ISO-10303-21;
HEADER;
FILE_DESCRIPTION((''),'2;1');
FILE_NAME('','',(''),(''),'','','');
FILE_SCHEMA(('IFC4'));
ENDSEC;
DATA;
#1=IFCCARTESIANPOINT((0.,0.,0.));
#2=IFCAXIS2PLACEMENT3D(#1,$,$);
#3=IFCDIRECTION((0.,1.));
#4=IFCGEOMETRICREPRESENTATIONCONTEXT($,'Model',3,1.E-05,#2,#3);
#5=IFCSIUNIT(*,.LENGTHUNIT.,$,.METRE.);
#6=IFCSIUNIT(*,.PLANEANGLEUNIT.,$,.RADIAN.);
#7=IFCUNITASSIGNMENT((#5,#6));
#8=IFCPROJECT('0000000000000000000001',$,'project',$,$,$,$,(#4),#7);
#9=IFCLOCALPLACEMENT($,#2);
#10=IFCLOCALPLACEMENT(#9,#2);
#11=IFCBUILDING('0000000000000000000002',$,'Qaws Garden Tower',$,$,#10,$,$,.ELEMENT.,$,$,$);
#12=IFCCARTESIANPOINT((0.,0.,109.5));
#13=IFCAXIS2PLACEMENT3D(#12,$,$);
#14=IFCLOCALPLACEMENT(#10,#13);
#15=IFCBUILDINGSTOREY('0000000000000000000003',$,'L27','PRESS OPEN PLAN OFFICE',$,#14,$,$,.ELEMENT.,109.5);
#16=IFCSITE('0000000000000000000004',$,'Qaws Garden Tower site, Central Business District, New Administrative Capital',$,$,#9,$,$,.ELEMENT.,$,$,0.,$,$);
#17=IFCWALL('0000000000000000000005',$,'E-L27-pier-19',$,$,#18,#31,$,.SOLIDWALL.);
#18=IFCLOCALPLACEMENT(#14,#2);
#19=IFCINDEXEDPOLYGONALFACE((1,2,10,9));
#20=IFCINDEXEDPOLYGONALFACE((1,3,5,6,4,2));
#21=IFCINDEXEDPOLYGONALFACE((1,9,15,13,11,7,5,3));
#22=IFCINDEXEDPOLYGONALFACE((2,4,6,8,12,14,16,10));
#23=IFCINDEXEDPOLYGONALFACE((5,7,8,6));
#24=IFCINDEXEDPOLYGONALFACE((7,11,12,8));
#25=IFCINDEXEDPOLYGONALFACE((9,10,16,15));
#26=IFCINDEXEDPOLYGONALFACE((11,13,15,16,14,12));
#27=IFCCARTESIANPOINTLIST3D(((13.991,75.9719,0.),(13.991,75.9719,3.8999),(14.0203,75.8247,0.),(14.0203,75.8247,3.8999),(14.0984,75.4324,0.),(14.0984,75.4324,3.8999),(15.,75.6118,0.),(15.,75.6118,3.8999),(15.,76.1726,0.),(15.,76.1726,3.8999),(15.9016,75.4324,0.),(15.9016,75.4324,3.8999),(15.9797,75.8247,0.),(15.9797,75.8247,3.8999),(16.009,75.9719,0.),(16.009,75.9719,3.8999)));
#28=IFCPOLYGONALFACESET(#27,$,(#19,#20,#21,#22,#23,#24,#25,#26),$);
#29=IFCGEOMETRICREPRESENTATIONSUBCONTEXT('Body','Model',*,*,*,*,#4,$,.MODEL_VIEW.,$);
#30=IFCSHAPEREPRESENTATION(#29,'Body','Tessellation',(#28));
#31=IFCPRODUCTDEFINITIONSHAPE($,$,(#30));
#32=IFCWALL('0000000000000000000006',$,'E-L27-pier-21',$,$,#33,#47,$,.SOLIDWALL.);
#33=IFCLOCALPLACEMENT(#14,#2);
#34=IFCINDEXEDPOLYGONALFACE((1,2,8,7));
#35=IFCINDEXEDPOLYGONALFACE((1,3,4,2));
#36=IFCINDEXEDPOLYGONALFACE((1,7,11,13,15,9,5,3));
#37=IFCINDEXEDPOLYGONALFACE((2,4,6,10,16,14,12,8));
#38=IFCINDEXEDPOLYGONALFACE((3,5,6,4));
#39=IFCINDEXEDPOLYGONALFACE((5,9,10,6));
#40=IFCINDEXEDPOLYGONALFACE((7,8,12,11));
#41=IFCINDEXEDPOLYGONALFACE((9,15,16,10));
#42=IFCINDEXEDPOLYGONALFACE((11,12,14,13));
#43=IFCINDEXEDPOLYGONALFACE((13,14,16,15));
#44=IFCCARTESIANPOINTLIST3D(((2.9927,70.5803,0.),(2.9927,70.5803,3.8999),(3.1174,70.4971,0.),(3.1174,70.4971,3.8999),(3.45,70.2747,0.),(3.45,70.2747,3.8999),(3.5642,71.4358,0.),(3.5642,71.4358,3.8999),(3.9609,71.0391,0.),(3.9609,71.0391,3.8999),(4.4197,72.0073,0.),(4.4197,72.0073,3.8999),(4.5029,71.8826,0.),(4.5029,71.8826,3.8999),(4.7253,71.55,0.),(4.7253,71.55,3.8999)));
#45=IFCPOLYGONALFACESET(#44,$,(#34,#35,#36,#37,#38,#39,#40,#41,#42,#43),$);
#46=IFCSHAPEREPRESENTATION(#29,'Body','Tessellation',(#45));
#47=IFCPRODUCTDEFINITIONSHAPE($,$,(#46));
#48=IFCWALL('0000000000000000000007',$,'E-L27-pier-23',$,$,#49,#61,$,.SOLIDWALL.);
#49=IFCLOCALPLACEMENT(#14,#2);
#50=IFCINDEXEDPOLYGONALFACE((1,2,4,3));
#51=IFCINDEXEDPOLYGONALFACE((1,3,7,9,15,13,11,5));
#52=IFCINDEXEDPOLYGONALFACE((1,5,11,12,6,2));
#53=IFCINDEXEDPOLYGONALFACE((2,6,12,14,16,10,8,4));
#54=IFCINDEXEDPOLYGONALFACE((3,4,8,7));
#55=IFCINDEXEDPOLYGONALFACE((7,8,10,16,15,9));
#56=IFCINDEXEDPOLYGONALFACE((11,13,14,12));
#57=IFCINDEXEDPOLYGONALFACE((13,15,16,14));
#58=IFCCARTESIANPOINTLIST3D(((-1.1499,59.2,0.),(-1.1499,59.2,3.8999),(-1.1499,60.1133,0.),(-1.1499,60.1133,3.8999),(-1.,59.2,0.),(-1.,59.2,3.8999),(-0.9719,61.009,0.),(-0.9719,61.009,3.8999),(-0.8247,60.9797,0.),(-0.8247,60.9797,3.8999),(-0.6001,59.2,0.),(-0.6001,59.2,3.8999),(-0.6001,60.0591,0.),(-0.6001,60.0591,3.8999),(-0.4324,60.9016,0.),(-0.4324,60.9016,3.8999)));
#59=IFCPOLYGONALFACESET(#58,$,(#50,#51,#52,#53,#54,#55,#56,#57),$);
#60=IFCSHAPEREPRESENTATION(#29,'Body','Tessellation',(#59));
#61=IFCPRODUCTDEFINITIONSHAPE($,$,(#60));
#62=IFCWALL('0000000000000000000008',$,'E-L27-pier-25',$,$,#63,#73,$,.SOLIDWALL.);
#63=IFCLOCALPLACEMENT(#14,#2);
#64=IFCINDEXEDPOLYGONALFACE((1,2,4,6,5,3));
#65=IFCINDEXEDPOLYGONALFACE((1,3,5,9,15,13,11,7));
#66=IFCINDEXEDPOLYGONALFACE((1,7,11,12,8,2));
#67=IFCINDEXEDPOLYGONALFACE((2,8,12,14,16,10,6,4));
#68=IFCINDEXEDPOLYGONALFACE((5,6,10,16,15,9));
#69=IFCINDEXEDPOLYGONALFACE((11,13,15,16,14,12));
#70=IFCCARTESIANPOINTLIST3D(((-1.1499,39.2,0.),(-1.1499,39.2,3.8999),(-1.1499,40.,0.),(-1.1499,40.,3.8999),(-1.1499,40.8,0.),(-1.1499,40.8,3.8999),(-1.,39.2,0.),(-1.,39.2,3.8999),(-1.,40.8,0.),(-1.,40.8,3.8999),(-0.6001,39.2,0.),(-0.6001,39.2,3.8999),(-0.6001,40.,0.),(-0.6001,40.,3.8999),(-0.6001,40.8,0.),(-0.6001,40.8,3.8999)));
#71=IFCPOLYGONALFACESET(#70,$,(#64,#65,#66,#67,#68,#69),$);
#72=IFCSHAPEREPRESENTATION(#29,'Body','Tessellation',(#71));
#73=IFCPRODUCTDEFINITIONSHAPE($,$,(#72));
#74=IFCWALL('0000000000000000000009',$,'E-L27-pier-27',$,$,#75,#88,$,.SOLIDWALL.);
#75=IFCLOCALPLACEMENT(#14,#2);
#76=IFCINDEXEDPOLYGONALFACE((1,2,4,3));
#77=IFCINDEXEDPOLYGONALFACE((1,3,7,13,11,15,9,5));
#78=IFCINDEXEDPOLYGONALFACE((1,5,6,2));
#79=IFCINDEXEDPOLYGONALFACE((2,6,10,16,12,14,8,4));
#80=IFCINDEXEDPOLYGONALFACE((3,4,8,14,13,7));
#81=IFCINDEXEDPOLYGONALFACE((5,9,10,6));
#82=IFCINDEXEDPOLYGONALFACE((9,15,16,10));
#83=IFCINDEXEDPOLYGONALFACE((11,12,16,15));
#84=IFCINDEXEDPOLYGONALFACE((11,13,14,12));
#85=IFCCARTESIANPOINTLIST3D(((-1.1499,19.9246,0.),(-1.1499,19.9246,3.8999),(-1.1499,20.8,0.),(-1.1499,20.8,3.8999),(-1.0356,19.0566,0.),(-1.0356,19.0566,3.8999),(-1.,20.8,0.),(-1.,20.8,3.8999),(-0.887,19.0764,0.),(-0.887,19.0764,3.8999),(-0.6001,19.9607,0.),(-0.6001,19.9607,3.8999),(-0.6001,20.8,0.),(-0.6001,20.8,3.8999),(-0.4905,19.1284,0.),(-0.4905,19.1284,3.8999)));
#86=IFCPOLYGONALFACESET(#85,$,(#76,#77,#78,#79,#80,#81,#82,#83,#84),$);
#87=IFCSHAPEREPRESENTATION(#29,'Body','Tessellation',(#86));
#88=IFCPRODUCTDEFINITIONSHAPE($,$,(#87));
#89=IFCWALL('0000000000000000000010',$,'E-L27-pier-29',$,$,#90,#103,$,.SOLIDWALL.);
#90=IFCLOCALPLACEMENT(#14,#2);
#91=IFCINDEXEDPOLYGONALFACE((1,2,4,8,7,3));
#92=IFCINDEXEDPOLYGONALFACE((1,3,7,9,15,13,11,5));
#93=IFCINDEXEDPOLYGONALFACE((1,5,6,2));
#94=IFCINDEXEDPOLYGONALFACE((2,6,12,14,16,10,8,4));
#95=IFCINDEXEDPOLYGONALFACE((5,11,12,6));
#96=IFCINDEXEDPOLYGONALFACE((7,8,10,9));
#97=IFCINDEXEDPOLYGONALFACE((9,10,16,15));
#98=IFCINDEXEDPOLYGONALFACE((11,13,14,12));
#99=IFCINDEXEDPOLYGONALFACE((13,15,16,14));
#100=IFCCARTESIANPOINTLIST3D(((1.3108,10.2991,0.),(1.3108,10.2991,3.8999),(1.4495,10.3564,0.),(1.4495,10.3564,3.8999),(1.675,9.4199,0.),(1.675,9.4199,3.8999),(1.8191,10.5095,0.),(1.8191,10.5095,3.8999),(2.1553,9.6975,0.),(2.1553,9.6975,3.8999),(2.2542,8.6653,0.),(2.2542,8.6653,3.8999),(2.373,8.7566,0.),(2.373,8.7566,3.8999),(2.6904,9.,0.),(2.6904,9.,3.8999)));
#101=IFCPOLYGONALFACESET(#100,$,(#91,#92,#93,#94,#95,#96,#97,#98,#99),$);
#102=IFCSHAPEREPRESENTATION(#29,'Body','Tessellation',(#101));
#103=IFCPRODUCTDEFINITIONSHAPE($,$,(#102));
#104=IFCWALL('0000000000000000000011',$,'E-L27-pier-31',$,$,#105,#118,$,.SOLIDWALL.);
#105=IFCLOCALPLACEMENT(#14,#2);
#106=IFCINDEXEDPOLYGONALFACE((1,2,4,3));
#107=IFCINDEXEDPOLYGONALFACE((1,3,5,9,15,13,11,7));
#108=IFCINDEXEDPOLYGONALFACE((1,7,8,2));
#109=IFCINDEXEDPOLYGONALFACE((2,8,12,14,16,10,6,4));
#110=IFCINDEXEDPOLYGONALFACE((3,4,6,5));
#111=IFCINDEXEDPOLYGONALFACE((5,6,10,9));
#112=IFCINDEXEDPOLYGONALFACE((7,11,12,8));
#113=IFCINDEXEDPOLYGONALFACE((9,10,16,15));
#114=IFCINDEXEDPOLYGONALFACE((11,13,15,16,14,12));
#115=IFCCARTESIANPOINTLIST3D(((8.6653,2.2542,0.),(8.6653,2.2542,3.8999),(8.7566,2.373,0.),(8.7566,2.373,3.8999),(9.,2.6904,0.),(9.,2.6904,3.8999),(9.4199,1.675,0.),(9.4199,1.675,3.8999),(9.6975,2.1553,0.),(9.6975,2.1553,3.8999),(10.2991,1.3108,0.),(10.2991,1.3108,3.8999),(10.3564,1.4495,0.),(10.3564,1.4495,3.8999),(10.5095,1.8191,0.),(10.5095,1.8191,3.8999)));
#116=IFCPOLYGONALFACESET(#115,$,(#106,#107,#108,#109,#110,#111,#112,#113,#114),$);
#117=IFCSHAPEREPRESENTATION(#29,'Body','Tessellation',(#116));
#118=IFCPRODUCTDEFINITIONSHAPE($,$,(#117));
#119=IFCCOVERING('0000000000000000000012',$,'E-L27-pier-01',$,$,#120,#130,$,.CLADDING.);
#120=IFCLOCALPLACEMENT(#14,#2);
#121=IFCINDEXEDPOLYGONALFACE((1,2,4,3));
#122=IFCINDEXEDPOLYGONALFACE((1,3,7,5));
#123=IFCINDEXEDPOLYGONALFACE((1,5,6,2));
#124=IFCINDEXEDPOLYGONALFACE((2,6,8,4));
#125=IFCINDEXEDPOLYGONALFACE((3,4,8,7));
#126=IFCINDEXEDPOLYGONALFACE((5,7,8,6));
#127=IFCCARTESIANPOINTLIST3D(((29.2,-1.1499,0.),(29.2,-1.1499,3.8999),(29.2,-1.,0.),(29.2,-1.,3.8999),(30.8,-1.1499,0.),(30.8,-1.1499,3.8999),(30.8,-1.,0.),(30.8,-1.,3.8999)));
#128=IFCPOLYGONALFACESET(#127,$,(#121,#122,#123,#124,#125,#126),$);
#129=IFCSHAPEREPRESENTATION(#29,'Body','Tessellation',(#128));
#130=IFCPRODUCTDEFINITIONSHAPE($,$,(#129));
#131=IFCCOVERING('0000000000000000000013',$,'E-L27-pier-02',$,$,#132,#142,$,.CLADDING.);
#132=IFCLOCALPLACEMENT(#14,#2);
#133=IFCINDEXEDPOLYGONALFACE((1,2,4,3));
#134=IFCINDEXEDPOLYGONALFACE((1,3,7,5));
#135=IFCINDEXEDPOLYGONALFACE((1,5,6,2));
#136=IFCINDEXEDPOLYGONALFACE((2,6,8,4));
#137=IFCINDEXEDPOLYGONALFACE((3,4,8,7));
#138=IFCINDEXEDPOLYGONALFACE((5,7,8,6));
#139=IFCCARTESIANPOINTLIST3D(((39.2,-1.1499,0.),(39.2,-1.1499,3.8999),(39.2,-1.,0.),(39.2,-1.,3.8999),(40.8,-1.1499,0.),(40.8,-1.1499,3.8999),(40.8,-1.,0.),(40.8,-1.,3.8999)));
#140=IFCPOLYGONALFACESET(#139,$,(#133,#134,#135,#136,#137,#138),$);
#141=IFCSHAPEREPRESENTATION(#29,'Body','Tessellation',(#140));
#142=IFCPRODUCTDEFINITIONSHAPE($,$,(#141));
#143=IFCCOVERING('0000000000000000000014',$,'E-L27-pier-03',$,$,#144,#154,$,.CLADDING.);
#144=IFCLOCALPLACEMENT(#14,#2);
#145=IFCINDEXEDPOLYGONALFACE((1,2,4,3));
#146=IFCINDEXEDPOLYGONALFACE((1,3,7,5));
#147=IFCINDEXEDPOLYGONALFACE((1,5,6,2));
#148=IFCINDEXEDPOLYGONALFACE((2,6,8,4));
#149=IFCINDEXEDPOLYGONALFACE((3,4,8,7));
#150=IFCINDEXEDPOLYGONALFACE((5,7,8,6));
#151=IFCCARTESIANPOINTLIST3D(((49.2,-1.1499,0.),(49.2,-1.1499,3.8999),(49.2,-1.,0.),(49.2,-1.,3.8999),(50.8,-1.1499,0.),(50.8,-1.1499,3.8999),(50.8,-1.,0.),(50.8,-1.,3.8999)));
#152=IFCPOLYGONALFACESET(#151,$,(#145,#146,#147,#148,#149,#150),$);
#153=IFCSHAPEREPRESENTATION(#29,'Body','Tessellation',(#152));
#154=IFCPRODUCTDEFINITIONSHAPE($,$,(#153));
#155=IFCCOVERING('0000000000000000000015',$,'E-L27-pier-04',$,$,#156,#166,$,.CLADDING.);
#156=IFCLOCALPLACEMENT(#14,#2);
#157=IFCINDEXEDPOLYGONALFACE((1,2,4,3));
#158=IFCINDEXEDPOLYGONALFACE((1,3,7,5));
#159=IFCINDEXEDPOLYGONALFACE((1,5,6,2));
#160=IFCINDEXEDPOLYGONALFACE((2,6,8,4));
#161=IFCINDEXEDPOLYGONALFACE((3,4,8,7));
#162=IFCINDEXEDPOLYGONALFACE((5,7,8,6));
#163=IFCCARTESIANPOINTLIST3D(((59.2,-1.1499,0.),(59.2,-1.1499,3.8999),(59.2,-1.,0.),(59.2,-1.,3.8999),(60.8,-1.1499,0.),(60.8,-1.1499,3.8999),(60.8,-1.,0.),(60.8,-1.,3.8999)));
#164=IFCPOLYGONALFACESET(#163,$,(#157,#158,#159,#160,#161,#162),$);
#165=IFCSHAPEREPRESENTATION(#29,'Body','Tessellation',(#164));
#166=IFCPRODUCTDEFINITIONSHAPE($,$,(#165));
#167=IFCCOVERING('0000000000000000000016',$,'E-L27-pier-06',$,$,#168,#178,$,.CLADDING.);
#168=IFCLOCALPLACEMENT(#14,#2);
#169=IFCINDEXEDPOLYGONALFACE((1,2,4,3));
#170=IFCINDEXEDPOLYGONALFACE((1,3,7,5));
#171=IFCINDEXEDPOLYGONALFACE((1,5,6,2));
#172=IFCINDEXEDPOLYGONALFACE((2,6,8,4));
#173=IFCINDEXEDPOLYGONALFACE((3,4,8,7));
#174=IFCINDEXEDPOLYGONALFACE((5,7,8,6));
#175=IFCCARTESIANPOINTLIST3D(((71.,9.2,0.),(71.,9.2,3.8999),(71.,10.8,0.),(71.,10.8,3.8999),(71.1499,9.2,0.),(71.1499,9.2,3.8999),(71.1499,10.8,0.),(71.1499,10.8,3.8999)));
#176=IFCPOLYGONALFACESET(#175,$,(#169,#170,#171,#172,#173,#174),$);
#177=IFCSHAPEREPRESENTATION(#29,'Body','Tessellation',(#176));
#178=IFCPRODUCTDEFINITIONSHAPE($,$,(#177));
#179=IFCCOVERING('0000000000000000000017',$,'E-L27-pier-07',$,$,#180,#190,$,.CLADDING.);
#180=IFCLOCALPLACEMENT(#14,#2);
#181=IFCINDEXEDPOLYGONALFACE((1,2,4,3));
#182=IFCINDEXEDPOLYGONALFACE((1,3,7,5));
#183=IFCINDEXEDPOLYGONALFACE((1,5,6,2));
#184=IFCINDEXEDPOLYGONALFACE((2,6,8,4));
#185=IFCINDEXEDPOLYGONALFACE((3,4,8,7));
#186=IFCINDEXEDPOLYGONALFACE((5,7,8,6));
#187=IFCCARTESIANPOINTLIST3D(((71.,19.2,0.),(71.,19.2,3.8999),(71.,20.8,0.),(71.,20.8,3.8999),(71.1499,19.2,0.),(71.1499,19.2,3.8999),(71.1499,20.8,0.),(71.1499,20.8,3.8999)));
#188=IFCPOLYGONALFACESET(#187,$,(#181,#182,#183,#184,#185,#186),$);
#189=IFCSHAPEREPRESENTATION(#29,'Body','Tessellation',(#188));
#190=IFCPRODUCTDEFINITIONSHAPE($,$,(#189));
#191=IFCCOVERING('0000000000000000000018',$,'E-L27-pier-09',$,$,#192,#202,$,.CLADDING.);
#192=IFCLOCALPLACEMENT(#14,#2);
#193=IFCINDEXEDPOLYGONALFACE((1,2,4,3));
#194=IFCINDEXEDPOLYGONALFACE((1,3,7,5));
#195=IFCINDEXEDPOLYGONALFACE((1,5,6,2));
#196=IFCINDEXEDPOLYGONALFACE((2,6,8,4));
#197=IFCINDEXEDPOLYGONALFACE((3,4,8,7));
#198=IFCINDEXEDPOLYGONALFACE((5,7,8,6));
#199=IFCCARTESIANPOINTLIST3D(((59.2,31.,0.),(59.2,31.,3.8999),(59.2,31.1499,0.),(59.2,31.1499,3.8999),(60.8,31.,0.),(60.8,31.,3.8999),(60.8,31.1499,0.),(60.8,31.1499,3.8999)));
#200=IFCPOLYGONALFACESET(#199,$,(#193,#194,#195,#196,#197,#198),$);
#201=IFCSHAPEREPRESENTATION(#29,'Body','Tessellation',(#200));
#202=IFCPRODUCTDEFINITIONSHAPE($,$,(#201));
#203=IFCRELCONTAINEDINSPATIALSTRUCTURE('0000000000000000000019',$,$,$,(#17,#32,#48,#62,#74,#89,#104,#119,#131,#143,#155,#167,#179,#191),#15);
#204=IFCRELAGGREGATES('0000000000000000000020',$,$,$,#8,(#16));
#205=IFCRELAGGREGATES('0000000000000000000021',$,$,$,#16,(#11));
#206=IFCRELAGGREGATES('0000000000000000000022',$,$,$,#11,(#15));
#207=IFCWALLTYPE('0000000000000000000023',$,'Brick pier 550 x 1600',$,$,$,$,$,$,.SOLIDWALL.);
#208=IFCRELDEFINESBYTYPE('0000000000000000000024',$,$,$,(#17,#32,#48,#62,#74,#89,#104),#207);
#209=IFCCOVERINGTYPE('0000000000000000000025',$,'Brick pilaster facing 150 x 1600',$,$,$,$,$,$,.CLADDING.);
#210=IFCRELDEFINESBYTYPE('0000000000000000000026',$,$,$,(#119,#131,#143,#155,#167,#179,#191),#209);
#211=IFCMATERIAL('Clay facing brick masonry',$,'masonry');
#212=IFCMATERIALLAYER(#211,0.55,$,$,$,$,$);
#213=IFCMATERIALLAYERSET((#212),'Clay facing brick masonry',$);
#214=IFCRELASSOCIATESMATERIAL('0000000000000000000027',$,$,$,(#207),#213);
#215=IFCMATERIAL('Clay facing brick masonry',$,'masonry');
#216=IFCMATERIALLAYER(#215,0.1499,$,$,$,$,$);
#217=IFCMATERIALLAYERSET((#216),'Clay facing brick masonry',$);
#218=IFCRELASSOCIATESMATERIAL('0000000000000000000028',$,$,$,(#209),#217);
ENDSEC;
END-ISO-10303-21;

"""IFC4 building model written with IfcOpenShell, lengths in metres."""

from ifc_helpers import new_model, si_unit, direction, frame, origin, place, context, subcontext, project, spatial, polyline, outline, extrude, material, layer, layer_set, type_object, element, save


model = new_model("IFC4")

# Units and contexts
model_context = context("Model", 3, precision=1e-05, world=origin(), true_north=direction((0.0, 1.0)))
body_context = subcontext(model_context, "Body", "Model", "MODEL_VIEW")
ifc_project = project(units=[si_unit("LENGTHUNIT", "METRE"), si_unit("PLANEANGLEUNIT", "RADIAN")], contexts=[model_context])

# Site, building, storey
site_placement = place(None, origin())
site = spatial("IfcSite", under=ifc_project, at=site_placement, Name="Qaws Garden Tower site, Central Business District, New Administrative Capital", CompositionType="ELEMENT", RefElevation=0.0)
building_placement = place(site_placement, origin())
building = spatial("IfcBuilding", under=site, at=building_placement, Name="Qaws Garden Tower", CompositionType="ELEMENT")
storey_placement = place(building_placement, frame((0.0, 0.0, 109.5)))
storey = spatial("IfcBuildingStorey", under=building, at=storey_placement, Name="L27", Description="PRESS OPEN PLAN OFFICE", CompositionType="ELEMENT", Elevation=109.5)

# Walls
placement = place(storey_placement, origin())
ifc_material_1 = material(Name="Clay facing brick masonry", Category="masonry")
ifc_layer_1 = layer(ifc_material_1, 0.55)
ifc_layer_set_1 = layer_set([ifc_layer_1], Name="Clay facing brick masonry")
wall_type_1 = type_object("IfcWallType", Name="Brick pier 550 x 1600", PredefinedType="SOLIDWALL", material=ifc_layer_set_1)
element("IfcWall", 1, at=placement, inside=storey, type_object=wall_type_1, Name="E-L27-pier-19", PredefinedType="SOLIDWALL", context=body_context, shape_type="SweptSolid", body=[
    extrude(outline(polyline([(15.9797, 75.8247), (16.009, 75.9719), (15.0, 76.1726), (13.991, 75.9719), (14.0203, 75.8247), (14.0984, 75.4324), (15.0, 75.6118), (15.9016, 75.4324), (15.9797, 75.8247)])), origin(), (0.0, 0.0, 1.0), 3.8999),
])
element("IfcWall", 2, at=placement, inside=storey, type_object=wall_type_1, Name="E-L27-pier-21", PredefinedType="SOLIDWALL", context=body_context, shape_type="SweptSolid", body=[
    extrude(outline(polyline([(4.5029, 71.8826), (4.4197, 72.0073), (3.5642, 71.4358), (2.9927, 70.5803), (3.1174, 70.4971), (3.45, 70.2747), (3.9609, 71.0391), (4.7253, 71.55), (4.5029, 71.8826)])), origin(), (0.0, 0.0, 1.0), 3.8999),
])
element("IfcWall", 3, at=placement, inside=storey, type_object=wall_type_1, Name="E-L27-pier-23", PredefinedType="SOLIDWALL", context=body_context, shape_type="SweptSolid", body=[
    extrude(outline(polyline([(-0.8247, 60.9797), (-0.9719, 61.009), (-1.1499, 60.1133), (-1.1499, 59.2), (-1.0, 59.2), (-0.6001, 59.2), (-0.6001, 60.0591), (-0.4324, 60.9016), (-0.8247, 60.9797)])), origin(), (0.0, 0.0, 1.0), 3.8999),
])
element("IfcWall", 4, at=placement, inside=storey, type_object=wall_type_1, Name="E-L27-pier-25", PredefinedType="SOLIDWALL", context=body_context, shape_type="SweptSolid", body=[
    extrude(outline(polyline([(-1.0, 40.8), (-1.1499, 40.8), (-1.1499, 40.0), (-1.1499, 39.2), (-1.0, 39.2), (-0.6001, 39.2), (-0.6001, 40.0), (-0.6001, 40.8), (-1.0, 40.8)])), origin(), (0.0, 0.0, 1.0), 3.8999),
])
element("IfcWall", 5, at=placement, inside=storey, type_object=wall_type_1, Name="E-L27-pier-27", PredefinedType="SOLIDWALL", context=body_context, shape_type="SweptSolid", body=[
    extrude(outline(polyline([(-1.0, 20.8), (-1.1499, 20.8), (-1.1499, 19.9246), (-1.0356, 19.0566), (-0.887, 19.0764), (-0.4905, 19.1284), (-0.6001, 19.9607), (-0.6001, 20.8), (-1.0, 20.8)])), origin(), (0.0, 0.0, 1.0), 3.8999),
])
element("IfcWall", 6, at=placement, inside=storey, type_object=wall_type_1, Name="E-L27-pier-29", PredefinedType="SOLIDWALL", context=body_context, shape_type="SweptSolid", body=[
    extrude(outline(polyline([(1.4495, 10.3564), (1.3108, 10.2991), (1.675, 9.4199), (2.2542, 8.6653), (2.373, 8.7566), (2.6904, 9.0), (2.1553, 9.6975), (1.8191, 10.5095), (1.4495, 10.3564)])), origin(), (0.0, 0.0, 1.0), 3.8999),
])
element("IfcWall", 7, at=placement, inside=storey, type_object=wall_type_1, Name="E-L27-pier-31", PredefinedType="SOLIDWALL", context=body_context, shape_type="SweptSolid", body=[
    extrude(outline(polyline([(8.7566, 2.373), (8.6653, 2.2542), (9.4199, 1.675), (10.2991, 1.3108), (10.3564, 1.4495), (10.5095, 1.8191), (9.6975, 2.1553), (9.0, 2.6904), (8.7566, 2.373)])), origin(), (0.0, 0.0, 1.0), 3.8999),
])

# Coverings
ifc_material_2 = material(Name="Clay facing brick masonry", Category="masonry")
ifc_layer_2 = layer(ifc_material_2, 0.1499)
ifc_layer_set_2 = layer_set([ifc_layer_2], Name="Clay facing brick masonry")
covering_type = type_object("IfcCoveringType", Name="Brick pilaster facing 150 x 1600", PredefinedType="CLADDING", material=ifc_layer_set_2)
element("IfcCovering", 8, at=placement, inside=storey, type_object=covering_type, Name="E-L27-pier-01", PredefinedType="CLADDING", context=body_context, shape_type="SweptSolid", body=[
    extrude(outline(polyline([(29.2, -1.0), (30.8, -1.0), (30.8, -1.1499), (29.2, -1.1499), (29.2, -1.0)])), origin(), (0.0, 0.0, 1.0), 3.8999),
])
element("IfcCovering", 9, at=placement, inside=storey, type_object=covering_type, Name="E-L27-pier-02", PredefinedType="CLADDING", context=body_context, shape_type="SweptSolid", body=[
    extrude(outline(polyline([(39.2, -1.0), (40.8, -1.0), (40.8, -1.1499), (39.2, -1.1499), (39.2, -1.0)])), origin(), (0.0, 0.0, 1.0), 3.8999),
])
element("IfcCovering", 10, at=placement, inside=storey, type_object=covering_type, Name="E-L27-pier-03", PredefinedType="CLADDING", context=body_context, shape_type="SweptSolid", body=[
    extrude(outline(polyline([(49.2, -1.0), (50.8, -1.0), (50.8, -1.1499), (49.2, -1.1499), (49.2, -1.0)])), origin(), (0.0, 0.0, 1.0), 3.8999),
])
element("IfcCovering", 11, at=placement, inside=storey, type_object=covering_type, Name="E-L27-pier-04", PredefinedType="CLADDING", context=body_context, shape_type="SweptSolid", body=[
    extrude(outline(polyline([(59.2, -1.0), (60.8, -1.0), (60.8, -1.1499), (59.2, -1.1499), (59.2, -1.0)])), origin(), (0.0, 0.0, 1.0), 3.8999),
])
element("IfcCovering", 12, at=placement, inside=storey, type_object=covering_type, Name="E-L27-pier-06", PredefinedType="CLADDING", context=body_context, shape_type="SweptSolid", body=[
    extrude(outline(polyline([(71.0, 9.2), (71.0, 10.8), (71.1499, 10.8), (71.1499, 9.2), (71.0, 9.2)])), origin(), (0.0, 0.0, 1.0), 3.8999),
])
element("IfcCovering", 13, at=placement, inside=storey, type_object=covering_type, Name="E-L27-pier-07", PredefinedType="CLADDING", context=body_context, shape_type="SweptSolid", body=[
    extrude(outline(polyline([(71.0, 19.2), (71.0, 20.8), (71.1499, 20.8), (71.1499, 19.2), (71.0, 19.2)])), origin(), (0.0, 0.0, 1.0), 3.8999),
])
element("IfcCovering", 14, at=placement, inside=storey, type_object=covering_type, Name="E-L27-pier-09", PredefinedType="CLADDING", context=body_context, shape_type="SweptSolid", body=[
    extrude(outline(polyline([(60.8, 31.0), (59.2, 31.0), (59.2, 31.1499), (60.8, 31.1499), (60.8, 31.0)])), origin(), (0.0, 0.0, 1.0), 3.8999),
])

save(model, "model.ifc")
